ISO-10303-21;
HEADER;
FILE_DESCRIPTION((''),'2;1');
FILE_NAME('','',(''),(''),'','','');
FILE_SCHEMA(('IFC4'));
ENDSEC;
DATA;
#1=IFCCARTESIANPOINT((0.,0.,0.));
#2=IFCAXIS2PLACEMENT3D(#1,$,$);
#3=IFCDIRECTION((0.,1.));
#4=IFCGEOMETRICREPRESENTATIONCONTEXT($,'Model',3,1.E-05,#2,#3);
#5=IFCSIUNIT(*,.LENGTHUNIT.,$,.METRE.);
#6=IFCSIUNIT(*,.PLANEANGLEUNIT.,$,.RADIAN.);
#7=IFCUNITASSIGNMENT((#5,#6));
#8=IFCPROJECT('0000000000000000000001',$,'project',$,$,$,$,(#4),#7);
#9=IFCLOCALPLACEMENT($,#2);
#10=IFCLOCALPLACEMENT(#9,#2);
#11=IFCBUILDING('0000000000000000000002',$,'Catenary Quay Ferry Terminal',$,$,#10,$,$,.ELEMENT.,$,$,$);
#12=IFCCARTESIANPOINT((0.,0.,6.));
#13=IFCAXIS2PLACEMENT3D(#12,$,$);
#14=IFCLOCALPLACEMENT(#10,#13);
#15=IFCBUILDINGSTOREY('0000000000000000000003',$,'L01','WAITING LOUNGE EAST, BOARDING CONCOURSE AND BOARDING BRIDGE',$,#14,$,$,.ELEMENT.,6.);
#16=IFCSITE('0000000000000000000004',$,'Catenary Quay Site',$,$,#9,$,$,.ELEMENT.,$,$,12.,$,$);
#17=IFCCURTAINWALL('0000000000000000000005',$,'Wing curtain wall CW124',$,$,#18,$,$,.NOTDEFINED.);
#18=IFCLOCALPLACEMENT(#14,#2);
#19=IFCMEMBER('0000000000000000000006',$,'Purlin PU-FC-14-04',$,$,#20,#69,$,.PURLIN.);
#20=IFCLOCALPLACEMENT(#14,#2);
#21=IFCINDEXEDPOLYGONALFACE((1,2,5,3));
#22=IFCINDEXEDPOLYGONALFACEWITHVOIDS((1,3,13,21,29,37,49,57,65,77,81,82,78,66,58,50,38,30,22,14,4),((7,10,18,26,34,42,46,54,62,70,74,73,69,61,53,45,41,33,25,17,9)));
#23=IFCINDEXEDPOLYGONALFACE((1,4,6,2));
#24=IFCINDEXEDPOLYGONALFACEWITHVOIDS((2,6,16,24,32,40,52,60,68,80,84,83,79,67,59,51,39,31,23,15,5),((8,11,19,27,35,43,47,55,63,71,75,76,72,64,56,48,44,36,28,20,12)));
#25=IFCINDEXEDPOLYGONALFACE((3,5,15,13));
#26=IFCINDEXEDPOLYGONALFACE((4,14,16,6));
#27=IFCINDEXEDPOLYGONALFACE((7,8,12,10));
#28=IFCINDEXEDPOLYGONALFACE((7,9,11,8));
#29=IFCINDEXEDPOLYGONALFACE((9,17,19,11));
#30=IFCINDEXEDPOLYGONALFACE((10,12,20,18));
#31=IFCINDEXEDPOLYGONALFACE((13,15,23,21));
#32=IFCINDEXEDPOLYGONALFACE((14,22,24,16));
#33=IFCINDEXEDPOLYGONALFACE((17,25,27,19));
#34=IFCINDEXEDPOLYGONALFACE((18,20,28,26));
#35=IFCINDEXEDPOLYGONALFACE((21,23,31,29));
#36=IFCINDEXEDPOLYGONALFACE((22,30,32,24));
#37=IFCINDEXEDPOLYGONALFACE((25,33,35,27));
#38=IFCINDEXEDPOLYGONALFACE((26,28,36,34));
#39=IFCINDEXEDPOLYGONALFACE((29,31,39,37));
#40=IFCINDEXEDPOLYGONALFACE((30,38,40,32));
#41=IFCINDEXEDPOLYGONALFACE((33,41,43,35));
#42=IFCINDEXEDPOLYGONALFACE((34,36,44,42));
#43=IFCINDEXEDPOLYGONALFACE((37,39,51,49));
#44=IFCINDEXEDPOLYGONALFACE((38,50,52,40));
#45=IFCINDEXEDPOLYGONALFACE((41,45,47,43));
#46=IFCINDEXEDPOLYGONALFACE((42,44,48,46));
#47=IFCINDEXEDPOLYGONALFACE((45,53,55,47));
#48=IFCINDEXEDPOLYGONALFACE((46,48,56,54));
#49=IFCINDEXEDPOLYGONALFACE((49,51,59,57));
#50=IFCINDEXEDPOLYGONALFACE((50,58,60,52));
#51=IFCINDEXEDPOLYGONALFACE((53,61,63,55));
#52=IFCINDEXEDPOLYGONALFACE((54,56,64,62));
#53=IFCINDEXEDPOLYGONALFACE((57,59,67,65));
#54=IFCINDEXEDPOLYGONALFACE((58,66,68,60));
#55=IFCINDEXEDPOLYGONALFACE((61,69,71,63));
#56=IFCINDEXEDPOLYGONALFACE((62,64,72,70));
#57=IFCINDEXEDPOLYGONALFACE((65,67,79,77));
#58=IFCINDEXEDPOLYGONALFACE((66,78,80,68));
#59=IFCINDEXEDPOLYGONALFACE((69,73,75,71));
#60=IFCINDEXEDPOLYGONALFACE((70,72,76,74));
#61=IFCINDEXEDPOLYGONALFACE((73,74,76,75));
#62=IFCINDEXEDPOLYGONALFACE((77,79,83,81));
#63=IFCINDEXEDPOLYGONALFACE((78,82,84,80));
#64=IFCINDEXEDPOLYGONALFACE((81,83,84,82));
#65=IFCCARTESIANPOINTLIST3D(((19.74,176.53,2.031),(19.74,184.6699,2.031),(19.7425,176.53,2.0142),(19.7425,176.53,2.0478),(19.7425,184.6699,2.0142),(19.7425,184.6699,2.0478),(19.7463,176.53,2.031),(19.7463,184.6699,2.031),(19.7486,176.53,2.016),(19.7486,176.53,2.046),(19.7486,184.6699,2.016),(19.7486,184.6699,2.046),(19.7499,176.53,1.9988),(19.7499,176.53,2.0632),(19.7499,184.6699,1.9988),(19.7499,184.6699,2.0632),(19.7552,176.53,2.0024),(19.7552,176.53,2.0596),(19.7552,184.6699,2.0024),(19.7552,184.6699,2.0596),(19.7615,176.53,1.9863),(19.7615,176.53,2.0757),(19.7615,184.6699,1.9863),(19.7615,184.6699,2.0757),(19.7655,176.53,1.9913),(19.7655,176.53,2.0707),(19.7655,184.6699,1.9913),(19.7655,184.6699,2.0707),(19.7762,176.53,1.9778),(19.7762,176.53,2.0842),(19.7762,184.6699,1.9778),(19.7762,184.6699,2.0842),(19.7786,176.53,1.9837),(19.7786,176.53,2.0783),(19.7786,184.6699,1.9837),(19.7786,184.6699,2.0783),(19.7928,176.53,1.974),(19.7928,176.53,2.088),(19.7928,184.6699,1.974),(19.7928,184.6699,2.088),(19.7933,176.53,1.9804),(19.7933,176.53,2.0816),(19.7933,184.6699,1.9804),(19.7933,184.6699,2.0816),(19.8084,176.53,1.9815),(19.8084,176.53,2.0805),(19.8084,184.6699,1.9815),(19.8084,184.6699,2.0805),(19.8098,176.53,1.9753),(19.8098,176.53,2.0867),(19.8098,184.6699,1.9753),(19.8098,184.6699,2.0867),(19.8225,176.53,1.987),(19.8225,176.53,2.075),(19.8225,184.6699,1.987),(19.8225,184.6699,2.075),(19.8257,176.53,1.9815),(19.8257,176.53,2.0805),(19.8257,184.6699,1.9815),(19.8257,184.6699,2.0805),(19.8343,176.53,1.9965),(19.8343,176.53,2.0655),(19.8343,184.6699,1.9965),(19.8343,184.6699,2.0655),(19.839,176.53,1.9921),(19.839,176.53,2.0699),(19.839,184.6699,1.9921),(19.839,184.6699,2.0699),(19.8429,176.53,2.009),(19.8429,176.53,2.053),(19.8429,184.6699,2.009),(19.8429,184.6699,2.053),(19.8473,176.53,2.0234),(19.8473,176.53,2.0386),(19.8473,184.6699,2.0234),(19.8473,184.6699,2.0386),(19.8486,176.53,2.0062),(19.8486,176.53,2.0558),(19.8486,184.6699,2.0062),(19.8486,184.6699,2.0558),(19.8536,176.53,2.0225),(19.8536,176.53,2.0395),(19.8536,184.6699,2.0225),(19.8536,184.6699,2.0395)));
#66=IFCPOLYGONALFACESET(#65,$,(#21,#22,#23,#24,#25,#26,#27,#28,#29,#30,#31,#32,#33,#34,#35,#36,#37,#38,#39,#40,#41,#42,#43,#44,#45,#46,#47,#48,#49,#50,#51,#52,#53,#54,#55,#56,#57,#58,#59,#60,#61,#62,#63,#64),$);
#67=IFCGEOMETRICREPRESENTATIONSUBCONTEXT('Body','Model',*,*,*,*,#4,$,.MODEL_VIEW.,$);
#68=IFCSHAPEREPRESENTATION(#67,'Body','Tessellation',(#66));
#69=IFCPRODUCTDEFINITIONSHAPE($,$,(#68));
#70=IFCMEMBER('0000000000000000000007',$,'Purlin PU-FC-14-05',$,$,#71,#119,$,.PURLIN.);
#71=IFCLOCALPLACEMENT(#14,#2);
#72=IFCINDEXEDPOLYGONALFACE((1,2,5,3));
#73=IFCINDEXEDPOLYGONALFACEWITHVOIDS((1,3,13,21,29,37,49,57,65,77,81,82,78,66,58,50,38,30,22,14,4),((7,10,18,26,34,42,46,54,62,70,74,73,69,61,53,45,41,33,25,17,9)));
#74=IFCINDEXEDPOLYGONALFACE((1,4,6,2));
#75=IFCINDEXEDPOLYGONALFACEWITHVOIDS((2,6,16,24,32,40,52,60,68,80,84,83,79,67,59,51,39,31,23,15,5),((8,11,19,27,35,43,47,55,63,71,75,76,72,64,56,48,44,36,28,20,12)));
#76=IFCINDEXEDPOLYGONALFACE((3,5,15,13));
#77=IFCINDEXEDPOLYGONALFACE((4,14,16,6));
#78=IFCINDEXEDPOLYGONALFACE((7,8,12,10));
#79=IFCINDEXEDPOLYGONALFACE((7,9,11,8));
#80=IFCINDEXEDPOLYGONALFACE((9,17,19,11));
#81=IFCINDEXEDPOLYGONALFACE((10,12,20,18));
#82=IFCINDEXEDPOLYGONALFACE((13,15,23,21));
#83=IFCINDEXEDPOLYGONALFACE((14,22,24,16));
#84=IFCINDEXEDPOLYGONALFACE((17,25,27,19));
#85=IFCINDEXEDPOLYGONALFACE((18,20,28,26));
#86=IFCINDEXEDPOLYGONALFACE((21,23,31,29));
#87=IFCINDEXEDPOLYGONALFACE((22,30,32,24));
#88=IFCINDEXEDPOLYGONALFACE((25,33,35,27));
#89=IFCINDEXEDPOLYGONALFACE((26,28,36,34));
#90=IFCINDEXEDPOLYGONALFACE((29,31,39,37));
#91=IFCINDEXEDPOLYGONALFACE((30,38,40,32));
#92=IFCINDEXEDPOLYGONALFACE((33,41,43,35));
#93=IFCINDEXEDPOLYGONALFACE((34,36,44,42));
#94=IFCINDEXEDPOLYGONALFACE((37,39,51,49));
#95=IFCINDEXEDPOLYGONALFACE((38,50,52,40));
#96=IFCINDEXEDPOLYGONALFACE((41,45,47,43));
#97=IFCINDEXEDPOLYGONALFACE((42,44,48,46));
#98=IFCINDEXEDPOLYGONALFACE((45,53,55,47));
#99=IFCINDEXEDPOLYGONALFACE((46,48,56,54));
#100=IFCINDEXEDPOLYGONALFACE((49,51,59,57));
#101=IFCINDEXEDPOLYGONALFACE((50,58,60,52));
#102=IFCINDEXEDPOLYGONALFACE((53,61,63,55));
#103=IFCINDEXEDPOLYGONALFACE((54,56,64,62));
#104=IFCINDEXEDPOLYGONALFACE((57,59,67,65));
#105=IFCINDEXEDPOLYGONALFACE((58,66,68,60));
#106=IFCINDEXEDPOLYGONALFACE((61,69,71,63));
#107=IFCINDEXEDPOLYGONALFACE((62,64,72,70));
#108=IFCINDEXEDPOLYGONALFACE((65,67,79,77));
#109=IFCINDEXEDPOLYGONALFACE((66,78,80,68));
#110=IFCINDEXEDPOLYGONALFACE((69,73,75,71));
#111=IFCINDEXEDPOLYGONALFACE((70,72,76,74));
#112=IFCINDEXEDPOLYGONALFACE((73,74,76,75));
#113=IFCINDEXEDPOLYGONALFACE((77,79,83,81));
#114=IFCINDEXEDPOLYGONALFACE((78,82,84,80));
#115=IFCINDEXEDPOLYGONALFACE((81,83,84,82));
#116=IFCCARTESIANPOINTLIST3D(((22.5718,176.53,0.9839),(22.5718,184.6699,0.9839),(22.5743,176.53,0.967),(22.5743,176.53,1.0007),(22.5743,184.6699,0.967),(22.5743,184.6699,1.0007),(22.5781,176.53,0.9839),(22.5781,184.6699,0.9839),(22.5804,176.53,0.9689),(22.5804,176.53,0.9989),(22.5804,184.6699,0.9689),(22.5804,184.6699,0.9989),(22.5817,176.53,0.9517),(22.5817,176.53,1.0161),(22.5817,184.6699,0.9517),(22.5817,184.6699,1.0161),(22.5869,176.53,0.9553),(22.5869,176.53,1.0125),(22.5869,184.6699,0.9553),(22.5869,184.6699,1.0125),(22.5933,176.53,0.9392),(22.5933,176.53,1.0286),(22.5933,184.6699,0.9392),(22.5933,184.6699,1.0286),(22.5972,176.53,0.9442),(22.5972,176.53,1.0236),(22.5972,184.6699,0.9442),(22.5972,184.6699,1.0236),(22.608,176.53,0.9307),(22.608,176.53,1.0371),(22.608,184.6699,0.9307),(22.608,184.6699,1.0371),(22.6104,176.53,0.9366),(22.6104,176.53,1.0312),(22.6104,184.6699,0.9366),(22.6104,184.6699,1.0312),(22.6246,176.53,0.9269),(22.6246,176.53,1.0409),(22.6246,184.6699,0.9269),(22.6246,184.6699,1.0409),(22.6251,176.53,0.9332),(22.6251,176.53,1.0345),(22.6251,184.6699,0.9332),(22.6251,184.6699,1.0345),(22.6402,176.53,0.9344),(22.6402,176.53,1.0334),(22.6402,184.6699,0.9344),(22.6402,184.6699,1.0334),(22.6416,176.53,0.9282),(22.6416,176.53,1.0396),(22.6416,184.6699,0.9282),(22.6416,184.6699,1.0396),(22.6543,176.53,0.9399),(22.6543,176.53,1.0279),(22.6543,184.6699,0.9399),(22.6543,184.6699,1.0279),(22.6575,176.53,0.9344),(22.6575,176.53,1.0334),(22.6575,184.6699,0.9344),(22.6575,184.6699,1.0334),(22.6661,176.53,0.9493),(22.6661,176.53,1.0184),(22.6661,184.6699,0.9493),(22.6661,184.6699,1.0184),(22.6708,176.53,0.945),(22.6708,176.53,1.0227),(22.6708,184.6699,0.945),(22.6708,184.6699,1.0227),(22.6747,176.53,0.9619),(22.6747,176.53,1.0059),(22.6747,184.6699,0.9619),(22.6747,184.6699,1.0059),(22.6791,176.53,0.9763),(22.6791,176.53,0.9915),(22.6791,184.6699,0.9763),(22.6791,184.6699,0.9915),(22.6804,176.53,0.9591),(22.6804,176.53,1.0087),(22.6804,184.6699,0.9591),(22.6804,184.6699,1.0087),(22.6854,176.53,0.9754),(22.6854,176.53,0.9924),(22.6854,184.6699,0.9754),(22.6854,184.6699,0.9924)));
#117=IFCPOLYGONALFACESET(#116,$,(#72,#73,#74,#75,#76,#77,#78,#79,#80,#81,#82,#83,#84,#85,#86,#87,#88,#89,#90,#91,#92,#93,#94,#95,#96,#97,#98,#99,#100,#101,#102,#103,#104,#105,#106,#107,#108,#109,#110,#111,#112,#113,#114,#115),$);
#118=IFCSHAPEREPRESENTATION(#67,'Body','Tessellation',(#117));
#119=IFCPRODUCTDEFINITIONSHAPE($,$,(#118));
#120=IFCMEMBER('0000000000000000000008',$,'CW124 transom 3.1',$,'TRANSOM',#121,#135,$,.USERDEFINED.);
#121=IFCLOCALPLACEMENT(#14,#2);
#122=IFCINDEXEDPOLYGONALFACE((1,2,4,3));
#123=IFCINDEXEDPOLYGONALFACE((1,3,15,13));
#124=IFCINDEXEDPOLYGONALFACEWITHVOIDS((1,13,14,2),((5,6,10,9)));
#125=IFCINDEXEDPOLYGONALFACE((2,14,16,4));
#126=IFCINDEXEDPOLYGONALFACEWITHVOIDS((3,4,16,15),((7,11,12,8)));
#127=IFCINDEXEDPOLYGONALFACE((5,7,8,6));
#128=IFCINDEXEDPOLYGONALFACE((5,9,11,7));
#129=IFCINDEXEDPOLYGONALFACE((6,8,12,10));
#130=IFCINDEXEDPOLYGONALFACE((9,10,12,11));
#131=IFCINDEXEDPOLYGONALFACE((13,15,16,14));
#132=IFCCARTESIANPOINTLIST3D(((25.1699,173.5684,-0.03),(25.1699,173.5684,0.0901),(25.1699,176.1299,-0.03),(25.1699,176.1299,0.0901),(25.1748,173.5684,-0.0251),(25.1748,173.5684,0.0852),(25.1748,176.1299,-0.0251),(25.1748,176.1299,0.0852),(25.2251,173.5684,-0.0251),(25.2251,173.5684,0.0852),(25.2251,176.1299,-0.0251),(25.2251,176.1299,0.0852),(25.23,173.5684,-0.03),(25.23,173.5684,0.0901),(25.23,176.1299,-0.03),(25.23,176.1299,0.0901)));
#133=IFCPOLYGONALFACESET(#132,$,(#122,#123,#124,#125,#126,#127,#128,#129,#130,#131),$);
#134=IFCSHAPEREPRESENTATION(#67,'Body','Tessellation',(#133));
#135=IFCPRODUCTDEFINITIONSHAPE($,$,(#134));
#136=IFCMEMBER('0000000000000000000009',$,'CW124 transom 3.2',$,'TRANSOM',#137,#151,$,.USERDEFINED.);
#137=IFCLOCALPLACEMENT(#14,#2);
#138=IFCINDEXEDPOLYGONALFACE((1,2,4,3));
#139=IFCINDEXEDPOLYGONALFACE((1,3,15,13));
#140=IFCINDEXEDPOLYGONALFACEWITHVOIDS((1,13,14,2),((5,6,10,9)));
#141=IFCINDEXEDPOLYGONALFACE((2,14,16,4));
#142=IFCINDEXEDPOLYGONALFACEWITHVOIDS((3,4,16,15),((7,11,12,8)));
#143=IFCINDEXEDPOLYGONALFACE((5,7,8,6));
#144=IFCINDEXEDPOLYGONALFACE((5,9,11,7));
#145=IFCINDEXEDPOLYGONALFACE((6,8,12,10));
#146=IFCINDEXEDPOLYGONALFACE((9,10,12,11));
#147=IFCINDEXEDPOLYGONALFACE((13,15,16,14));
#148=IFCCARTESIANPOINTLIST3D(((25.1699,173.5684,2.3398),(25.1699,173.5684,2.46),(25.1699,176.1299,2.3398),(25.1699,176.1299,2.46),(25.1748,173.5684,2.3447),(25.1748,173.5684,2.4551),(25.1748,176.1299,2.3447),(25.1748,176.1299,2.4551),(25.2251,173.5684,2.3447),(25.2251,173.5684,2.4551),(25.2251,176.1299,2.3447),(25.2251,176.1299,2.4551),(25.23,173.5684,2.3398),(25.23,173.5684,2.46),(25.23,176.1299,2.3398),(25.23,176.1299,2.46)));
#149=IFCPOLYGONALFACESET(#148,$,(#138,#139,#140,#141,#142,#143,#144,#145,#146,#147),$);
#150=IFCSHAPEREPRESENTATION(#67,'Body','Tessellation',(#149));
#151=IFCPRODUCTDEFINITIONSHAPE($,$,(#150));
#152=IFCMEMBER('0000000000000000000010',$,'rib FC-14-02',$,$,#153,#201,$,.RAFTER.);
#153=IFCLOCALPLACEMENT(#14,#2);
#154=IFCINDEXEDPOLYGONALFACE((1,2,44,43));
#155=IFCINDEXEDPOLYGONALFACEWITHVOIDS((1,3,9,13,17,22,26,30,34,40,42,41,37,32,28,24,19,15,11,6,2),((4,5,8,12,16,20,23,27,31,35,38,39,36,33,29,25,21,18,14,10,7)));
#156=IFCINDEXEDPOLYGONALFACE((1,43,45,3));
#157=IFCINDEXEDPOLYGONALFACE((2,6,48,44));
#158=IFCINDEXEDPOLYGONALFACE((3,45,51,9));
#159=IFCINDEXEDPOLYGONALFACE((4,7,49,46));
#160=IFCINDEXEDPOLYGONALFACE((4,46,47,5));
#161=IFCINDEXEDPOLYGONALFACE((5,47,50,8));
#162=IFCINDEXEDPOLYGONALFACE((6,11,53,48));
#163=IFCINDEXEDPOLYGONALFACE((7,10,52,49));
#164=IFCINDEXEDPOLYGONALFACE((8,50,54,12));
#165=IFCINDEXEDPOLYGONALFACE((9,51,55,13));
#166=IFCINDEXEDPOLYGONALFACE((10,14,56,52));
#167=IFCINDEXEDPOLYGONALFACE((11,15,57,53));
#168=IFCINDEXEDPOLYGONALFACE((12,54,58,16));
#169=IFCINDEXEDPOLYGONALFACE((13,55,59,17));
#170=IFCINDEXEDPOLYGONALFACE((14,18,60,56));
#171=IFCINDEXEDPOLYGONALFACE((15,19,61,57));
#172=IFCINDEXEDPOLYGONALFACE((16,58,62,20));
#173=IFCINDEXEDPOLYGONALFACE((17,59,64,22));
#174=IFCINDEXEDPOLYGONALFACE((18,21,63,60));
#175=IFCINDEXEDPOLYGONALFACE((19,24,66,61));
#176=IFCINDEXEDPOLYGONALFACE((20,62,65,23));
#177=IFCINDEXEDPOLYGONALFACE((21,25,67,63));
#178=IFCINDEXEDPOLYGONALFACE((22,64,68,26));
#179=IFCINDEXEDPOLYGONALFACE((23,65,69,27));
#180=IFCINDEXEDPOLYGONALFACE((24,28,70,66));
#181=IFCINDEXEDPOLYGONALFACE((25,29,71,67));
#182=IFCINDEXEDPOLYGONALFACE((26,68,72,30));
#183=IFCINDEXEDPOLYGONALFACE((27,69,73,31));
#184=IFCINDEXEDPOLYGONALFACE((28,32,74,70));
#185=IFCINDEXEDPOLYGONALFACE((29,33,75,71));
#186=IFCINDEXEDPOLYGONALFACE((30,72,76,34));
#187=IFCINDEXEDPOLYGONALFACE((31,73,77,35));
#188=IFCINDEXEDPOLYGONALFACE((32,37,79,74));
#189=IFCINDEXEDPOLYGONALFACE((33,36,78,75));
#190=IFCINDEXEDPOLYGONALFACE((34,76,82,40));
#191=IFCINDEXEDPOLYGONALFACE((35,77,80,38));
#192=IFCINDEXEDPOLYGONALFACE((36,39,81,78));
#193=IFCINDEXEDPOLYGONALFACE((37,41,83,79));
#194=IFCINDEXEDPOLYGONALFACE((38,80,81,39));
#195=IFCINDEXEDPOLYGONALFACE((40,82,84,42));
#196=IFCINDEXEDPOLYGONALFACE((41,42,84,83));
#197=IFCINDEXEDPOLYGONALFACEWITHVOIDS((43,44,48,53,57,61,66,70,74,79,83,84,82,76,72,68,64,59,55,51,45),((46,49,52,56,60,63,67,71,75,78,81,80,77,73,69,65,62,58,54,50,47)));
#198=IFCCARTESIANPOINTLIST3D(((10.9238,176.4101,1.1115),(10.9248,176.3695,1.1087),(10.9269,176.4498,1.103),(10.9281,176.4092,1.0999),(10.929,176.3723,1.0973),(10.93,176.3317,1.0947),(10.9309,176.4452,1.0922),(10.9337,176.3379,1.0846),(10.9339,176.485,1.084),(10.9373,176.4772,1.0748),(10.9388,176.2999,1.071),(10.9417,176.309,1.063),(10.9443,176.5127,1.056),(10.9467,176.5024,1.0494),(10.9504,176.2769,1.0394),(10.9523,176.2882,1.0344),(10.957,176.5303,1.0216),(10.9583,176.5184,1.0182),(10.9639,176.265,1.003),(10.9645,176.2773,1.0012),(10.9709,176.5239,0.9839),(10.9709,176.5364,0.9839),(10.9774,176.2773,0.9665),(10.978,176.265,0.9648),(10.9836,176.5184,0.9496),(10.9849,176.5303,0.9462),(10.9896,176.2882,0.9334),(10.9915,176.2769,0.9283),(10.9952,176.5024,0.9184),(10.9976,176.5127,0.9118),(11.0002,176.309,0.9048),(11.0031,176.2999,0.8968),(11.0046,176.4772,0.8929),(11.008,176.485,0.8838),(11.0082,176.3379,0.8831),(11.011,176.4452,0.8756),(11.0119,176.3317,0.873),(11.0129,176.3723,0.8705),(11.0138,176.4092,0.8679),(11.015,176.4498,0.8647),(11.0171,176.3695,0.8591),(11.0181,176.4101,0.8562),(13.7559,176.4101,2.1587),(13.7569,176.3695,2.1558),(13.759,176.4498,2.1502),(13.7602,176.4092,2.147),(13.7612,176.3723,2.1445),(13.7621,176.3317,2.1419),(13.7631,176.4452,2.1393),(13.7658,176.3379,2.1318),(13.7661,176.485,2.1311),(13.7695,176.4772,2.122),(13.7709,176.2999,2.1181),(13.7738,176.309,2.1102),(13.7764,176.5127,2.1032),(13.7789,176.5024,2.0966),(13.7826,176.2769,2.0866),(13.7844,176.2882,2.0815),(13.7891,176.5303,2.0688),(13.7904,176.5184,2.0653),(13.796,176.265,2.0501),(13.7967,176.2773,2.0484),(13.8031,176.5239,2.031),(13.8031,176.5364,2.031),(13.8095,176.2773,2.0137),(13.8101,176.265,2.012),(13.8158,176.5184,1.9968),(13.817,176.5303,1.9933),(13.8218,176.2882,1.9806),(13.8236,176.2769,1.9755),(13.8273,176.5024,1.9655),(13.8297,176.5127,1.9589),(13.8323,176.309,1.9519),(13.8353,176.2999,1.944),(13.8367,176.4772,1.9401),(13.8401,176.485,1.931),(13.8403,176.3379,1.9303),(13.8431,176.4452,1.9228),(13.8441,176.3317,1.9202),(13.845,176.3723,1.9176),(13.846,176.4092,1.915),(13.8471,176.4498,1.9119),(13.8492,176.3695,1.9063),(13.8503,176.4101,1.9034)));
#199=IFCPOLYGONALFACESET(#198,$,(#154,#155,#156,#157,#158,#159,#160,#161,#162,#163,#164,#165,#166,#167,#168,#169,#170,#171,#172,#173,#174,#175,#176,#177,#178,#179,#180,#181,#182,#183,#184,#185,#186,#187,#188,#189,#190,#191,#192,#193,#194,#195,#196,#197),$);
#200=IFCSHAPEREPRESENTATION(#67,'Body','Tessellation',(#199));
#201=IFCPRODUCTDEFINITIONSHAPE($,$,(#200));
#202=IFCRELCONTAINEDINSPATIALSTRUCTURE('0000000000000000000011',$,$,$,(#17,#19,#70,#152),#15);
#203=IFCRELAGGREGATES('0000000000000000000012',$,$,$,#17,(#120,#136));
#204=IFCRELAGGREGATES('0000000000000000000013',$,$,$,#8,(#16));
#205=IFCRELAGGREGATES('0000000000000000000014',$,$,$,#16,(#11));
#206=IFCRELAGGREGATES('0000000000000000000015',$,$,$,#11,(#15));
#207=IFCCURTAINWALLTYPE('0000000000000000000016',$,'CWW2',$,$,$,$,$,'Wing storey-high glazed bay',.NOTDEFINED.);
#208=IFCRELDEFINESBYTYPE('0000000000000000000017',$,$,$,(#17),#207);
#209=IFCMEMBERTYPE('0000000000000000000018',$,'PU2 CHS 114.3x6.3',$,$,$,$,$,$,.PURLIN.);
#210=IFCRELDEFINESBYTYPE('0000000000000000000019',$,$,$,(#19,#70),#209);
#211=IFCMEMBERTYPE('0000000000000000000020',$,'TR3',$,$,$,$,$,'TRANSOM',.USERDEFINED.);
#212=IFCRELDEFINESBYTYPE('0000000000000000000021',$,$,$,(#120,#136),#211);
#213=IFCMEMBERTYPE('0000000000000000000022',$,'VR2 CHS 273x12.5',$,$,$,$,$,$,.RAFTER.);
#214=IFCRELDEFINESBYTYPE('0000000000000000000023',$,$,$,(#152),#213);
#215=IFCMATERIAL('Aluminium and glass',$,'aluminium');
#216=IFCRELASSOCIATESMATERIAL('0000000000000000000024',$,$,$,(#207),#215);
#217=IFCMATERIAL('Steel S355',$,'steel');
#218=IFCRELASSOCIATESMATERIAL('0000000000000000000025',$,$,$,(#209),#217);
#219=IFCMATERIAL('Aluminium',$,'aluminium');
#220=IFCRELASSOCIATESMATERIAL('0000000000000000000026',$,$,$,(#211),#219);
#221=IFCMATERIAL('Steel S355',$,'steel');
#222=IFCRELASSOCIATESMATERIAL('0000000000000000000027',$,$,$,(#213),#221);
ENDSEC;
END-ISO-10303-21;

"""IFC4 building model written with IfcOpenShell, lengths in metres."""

from ifc_helpers import new_model, si_unit, direction, frame, origin, origin_2d, place, context, subcontext, project, spatial, hollow_rectangle, hollow_circle, extrude, material, material_profile, profile_set, type_object, element, aggregate, save


model = new_model("IFC4")

# Units and contexts
model_context = context("Model", 3, precision=1e-05, world=origin(), true_north=direction((0.0, 1.0)))
body_context = subcontext(model_context, "Body", "Model", "MODEL_VIEW")
ifc_project = project(units=[si_unit("LENGTHUNIT", "METRE"), si_unit("PLANEANGLEUNIT", "RADIAN")], contexts=[model_context])

# Site, building, storey
site_placement = place(None, origin())
site = spatial("IfcSite", under=ifc_project, at=site_placement, Name="Catenary Quay Site", CompositionType="ELEMENT", RefElevation=12.0)
building_placement = place(site_placement, origin())
building = spatial("IfcBuilding", under=site, at=building_placement, Name="Catenary Quay Ferry Terminal", CompositionType="ELEMENT")
storey_placement = place(building_placement, frame((0.0, 0.0, 6.0)))
storey = spatial("IfcBuildingStorey", under=building, at=storey_placement, Name="L01", Description="WAITING LOUNGE EAST, BOARDING CONCOURSE AND BOARDING BRIDGE", CompositionType="ELEMENT", Elevation=6.0)

# Curtain wall
ifc_material_1 = material(Name="Aluminium and glass", Category="aluminium")
curtain_wall_type = type_object("IfcCurtainWallType", Name="CWW2", ElementType="Wing storey-high glazed bay", PredefinedType="NOTDEFINED", material=ifc_material_1)
curtain_wall_placement = place(storey_placement, origin())
curtain_wall = element("IfcCurtainWall", 1, at=curtain_wall_placement, inside=storey, type_object=curtain_wall_type, Name="Wing curtain wall CW124", PredefinedType="NOTDEFINED")

# Members
ifc_material_2 = material(Name="Steel S355", Category="steel")
ifc_material_profile_1 = material_profile(ifc_material_2, hollow_circle(Radius=0.0571, WallThickness=0.0063, at=origin_2d()), Name="CHS 114.3x6.3")
ifc_profile_set_1 = profile_set([ifc_material_profile_1], Name="Steel S355")
member_type_1 = type_object("IfcMemberType", Name="PU2 CHS 114.3x6.3", PredefinedType="PURLIN", material=ifc_profile_set_1)
for number, where, z_axis, x_axis, name in (
    (2, (19.7971, 176.53, 2.031), (0.0, 1.0, 0.0), (-1.0, 0.0, 0.0), "Purlin PU-FC-14-04"),
    (3, (22.6289, 176.53, 0.9839), (0.0, 1.0, 0.0), (-1.0, 0.0, 0.0), "Purlin PU-FC-14-05"),
):
    element("IfcMember", number, at=place(storey_placement, frame(where, z_axis=z_axis, x_axis=x_axis)), inside=storey, type_object=member_type_1, Name=name, PredefinedType="PURLIN", context=body_context, shape_type="SweptSolid", body=[
        extrude(hollow_circle(Radius=0.0571, WallThickness=0.0063, at=origin_2d()), origin(), (0.0, 0.0, 1.0), 8.1399),
    ])

# Members
ifc_material_3 = material(Name="Aluminium", Category="aluminium")
ifc_material_profile_2 = material_profile(ifc_material_3, hollow_rectangle(XDim=0.0601, YDim=0.1201, WallThickness=0.0049, at=origin_2d()), Name="TR3")
ifc_profile_set_2 = profile_set([ifc_material_profile_2], Name="Aluminium")
member_type_2 = type_object("IfcMemberType", Name="TR3", ElementType="TRANSOM", PredefinedType="USERDEFINED", material=ifc_profile_set_2)
member_1_placement = place(storey_placement, frame((25.2, 173.5684, 0.03), z_axis=(0.0, 1.0, 0.0), x_axis=(-1.0, 0.0, 0.0)))
member_1 = element("IfcMember", 4, at=member_1_placement, type_object=member_type_2, Name="CW124 transom 3.1", ObjectType="TRANSOM", PredefinedType="USERDEFINED", context=body_context, shape_type="SweptSolid", body=[
    extrude(hollow_rectangle(XDim=0.0601, YDim=0.1201, WallThickness=0.0049, at=origin_2d()), origin(), (0.0, 0.0, 1.0), 2.5615),
])
member_2_placement = place(storey_placement, frame((25.2, 173.5684, 2.3999), z_axis=(0.0, 1.0, 0.0), x_axis=(-1.0, 0.0, 0.0)))
member_2 = element("IfcMember", 5, at=member_2_placement, type_object=member_type_2, Name="CW124 transom 3.2", ObjectType="TRANSOM", PredefinedType="USERDEFINED", context=body_context, shape_type="SweptSolid", body=[
    extrude(hollow_rectangle(XDim=0.0601, YDim=0.1201, WallThickness=0.0049, at=origin_2d()), origin(), (0.0, 0.0, 1.0), 2.5615),
])

# Member
ifc_material_4 = material(Name="Steel S355", Category="steel")
ifc_material_profile_3 = material_profile(ifc_material_4, hollow_circle(Radius=0.1365, WallThickness=0.0125, at=origin_2d()), Name="CHS 273x12.5")
ifc_profile_set_3 = profile_set([ifc_material_profile_3], Name="Steel S355")
member_type_3 = type_object("IfcMemberType", Name="VR2 CHS 273x12.5", PredefinedType="RAFTER", material=ifc_profile_set_3)
member_3_placement = place(storey_placement, frame((10.9709, 176.3999, 0.9839), z_axis=(0.937941, 0.0, 0.346796), x_axis=(0.0, 1.0, 0.0)))
element("IfcMember", 6, at=member_3_placement, inside=storey, type_object=member_type_3, Name="rib FC-14-02", PredefinedType="RAFTER", context=body_context, shape_type="SweptSolid", body=[
    extrude(hollow_circle(Radius=0.1365, WallThickness=0.0125, at=origin_2d()), origin(), (0.0, 0.0, 1.0), 3.0195),
])

aggregate(curtain_wall, [member_1, member_2])

save(model, "model.ifc")
